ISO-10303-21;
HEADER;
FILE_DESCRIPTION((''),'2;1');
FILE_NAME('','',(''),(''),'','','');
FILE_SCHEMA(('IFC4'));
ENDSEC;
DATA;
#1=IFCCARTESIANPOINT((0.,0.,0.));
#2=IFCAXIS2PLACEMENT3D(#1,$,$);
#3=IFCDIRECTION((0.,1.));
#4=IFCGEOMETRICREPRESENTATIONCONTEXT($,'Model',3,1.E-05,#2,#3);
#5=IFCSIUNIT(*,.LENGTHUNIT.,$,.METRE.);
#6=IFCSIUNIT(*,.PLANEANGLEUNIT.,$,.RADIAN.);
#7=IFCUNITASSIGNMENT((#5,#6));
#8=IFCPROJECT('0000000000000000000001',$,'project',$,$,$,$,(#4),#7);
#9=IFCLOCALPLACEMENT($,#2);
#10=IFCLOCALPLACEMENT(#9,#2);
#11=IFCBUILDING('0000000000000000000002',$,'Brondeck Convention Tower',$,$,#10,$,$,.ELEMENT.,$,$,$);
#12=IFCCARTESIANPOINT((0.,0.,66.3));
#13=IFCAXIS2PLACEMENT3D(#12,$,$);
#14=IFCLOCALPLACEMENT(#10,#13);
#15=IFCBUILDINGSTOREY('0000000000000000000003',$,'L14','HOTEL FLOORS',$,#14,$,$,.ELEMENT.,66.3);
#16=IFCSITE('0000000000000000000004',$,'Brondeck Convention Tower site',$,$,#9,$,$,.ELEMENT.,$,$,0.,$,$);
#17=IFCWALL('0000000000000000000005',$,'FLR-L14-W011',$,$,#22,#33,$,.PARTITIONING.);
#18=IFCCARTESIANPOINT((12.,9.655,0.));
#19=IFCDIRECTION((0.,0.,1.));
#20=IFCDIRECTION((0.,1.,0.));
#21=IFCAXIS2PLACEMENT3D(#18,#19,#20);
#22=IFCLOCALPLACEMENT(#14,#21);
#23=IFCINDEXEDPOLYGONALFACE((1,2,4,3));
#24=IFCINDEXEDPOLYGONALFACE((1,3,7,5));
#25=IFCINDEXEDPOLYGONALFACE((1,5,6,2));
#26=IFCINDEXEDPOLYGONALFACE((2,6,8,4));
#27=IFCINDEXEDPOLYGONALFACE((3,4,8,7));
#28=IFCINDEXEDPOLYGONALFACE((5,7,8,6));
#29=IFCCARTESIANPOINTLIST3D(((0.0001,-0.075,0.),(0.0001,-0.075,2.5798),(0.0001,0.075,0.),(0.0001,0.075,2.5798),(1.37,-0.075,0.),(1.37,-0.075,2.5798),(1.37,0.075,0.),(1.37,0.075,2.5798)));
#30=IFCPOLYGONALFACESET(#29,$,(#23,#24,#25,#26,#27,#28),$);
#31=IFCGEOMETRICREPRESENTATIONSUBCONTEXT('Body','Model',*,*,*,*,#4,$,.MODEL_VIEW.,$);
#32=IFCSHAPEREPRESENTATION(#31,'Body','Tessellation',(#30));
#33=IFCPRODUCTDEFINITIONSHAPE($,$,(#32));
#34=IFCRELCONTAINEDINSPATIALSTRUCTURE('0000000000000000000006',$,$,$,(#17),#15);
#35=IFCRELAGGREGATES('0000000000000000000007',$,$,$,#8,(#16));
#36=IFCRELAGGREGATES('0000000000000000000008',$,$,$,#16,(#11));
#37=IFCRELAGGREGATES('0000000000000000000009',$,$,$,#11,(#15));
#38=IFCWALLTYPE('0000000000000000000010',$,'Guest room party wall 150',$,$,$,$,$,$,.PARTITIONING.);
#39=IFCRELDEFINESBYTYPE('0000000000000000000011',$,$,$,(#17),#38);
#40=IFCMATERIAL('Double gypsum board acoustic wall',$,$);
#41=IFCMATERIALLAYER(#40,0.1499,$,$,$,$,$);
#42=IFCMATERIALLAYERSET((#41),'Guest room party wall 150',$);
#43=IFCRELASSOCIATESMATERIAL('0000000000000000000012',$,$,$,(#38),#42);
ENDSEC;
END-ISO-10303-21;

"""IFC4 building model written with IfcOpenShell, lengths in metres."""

from ifc_helpers import new_model, si_unit, direction, frame, frame_2d, origin, place, context, subcontext, project, spatial, rectangle, extrude, material, layer, layer_set, type_object, element, save


model = new_model("IFC4")

# Units and contexts
model_context = context("Model", 3, precision=1e-05, world=origin(), true_north=direction((0.0, 1.0)))
body_context = subcontext(model_context, "Body", "Model", "MODEL_VIEW")
ifc_project = project(units=[si_unit("LENGTHUNIT", "METRE"), si_unit("PLANEANGLEUNIT", "RADIAN")], contexts=[model_context])

# Site, building, storey
site_placement = place(None, origin())
site = spatial("IfcSite", under=ifc_project, at=site_placement, Name="Brondeck Convention Tower site", CompositionType="ELEMENT", RefElevation=0.0)
building_placement = place(site_placement, origin())
building = spatial("IfcBuilding", under=site, at=building_placement, Name="Brondeck Convention Tower", CompositionType="ELEMENT")
storey_placement = place(building_placement, frame((0.0, 0.0, 66.3)))
storey = spatial("IfcBuildingStorey", under=building, at=storey_placement, Name="L14", Description="HOTEL FLOORS", CompositionType="ELEMENT", Elevation=66.3)

# Wall
ifc_material_1 = material(Name="Double gypsum board acoustic wall")
ifc_layer_1 = layer(ifc_material_1, 0.1499)
ifc_layer_set_1 = layer_set([ifc_layer_1], Name="Guest room party wall 150")
wall_type_1 = type_object("IfcWallType", Name="Guest room party wall 150", PredefinedType="PARTITIONING", material=ifc_layer_set_1)
wall_1_placement = place(storey_placement, frame((12.0, 9.655, 0.0), z_axis=(0.0, 0.0, 1.0), x_axis=(0.0, 1.0, 0.0)))
element("IfcWall", 1, at=wall_1_placement, inside=storey, type_object=wall_type_1, Name="FLR-L14-W011", PredefinedType="PARTITIONING", context=body_context, shape_type="SweptSolid", body=[
    extrude(rectangle(XDim=1.3699, YDim=0.1499, at=frame_2d((0.6851, 0.0))), origin(), (0.0, 0.0, 1.0), 2.5798),
])

save(model, "model.ifc")
